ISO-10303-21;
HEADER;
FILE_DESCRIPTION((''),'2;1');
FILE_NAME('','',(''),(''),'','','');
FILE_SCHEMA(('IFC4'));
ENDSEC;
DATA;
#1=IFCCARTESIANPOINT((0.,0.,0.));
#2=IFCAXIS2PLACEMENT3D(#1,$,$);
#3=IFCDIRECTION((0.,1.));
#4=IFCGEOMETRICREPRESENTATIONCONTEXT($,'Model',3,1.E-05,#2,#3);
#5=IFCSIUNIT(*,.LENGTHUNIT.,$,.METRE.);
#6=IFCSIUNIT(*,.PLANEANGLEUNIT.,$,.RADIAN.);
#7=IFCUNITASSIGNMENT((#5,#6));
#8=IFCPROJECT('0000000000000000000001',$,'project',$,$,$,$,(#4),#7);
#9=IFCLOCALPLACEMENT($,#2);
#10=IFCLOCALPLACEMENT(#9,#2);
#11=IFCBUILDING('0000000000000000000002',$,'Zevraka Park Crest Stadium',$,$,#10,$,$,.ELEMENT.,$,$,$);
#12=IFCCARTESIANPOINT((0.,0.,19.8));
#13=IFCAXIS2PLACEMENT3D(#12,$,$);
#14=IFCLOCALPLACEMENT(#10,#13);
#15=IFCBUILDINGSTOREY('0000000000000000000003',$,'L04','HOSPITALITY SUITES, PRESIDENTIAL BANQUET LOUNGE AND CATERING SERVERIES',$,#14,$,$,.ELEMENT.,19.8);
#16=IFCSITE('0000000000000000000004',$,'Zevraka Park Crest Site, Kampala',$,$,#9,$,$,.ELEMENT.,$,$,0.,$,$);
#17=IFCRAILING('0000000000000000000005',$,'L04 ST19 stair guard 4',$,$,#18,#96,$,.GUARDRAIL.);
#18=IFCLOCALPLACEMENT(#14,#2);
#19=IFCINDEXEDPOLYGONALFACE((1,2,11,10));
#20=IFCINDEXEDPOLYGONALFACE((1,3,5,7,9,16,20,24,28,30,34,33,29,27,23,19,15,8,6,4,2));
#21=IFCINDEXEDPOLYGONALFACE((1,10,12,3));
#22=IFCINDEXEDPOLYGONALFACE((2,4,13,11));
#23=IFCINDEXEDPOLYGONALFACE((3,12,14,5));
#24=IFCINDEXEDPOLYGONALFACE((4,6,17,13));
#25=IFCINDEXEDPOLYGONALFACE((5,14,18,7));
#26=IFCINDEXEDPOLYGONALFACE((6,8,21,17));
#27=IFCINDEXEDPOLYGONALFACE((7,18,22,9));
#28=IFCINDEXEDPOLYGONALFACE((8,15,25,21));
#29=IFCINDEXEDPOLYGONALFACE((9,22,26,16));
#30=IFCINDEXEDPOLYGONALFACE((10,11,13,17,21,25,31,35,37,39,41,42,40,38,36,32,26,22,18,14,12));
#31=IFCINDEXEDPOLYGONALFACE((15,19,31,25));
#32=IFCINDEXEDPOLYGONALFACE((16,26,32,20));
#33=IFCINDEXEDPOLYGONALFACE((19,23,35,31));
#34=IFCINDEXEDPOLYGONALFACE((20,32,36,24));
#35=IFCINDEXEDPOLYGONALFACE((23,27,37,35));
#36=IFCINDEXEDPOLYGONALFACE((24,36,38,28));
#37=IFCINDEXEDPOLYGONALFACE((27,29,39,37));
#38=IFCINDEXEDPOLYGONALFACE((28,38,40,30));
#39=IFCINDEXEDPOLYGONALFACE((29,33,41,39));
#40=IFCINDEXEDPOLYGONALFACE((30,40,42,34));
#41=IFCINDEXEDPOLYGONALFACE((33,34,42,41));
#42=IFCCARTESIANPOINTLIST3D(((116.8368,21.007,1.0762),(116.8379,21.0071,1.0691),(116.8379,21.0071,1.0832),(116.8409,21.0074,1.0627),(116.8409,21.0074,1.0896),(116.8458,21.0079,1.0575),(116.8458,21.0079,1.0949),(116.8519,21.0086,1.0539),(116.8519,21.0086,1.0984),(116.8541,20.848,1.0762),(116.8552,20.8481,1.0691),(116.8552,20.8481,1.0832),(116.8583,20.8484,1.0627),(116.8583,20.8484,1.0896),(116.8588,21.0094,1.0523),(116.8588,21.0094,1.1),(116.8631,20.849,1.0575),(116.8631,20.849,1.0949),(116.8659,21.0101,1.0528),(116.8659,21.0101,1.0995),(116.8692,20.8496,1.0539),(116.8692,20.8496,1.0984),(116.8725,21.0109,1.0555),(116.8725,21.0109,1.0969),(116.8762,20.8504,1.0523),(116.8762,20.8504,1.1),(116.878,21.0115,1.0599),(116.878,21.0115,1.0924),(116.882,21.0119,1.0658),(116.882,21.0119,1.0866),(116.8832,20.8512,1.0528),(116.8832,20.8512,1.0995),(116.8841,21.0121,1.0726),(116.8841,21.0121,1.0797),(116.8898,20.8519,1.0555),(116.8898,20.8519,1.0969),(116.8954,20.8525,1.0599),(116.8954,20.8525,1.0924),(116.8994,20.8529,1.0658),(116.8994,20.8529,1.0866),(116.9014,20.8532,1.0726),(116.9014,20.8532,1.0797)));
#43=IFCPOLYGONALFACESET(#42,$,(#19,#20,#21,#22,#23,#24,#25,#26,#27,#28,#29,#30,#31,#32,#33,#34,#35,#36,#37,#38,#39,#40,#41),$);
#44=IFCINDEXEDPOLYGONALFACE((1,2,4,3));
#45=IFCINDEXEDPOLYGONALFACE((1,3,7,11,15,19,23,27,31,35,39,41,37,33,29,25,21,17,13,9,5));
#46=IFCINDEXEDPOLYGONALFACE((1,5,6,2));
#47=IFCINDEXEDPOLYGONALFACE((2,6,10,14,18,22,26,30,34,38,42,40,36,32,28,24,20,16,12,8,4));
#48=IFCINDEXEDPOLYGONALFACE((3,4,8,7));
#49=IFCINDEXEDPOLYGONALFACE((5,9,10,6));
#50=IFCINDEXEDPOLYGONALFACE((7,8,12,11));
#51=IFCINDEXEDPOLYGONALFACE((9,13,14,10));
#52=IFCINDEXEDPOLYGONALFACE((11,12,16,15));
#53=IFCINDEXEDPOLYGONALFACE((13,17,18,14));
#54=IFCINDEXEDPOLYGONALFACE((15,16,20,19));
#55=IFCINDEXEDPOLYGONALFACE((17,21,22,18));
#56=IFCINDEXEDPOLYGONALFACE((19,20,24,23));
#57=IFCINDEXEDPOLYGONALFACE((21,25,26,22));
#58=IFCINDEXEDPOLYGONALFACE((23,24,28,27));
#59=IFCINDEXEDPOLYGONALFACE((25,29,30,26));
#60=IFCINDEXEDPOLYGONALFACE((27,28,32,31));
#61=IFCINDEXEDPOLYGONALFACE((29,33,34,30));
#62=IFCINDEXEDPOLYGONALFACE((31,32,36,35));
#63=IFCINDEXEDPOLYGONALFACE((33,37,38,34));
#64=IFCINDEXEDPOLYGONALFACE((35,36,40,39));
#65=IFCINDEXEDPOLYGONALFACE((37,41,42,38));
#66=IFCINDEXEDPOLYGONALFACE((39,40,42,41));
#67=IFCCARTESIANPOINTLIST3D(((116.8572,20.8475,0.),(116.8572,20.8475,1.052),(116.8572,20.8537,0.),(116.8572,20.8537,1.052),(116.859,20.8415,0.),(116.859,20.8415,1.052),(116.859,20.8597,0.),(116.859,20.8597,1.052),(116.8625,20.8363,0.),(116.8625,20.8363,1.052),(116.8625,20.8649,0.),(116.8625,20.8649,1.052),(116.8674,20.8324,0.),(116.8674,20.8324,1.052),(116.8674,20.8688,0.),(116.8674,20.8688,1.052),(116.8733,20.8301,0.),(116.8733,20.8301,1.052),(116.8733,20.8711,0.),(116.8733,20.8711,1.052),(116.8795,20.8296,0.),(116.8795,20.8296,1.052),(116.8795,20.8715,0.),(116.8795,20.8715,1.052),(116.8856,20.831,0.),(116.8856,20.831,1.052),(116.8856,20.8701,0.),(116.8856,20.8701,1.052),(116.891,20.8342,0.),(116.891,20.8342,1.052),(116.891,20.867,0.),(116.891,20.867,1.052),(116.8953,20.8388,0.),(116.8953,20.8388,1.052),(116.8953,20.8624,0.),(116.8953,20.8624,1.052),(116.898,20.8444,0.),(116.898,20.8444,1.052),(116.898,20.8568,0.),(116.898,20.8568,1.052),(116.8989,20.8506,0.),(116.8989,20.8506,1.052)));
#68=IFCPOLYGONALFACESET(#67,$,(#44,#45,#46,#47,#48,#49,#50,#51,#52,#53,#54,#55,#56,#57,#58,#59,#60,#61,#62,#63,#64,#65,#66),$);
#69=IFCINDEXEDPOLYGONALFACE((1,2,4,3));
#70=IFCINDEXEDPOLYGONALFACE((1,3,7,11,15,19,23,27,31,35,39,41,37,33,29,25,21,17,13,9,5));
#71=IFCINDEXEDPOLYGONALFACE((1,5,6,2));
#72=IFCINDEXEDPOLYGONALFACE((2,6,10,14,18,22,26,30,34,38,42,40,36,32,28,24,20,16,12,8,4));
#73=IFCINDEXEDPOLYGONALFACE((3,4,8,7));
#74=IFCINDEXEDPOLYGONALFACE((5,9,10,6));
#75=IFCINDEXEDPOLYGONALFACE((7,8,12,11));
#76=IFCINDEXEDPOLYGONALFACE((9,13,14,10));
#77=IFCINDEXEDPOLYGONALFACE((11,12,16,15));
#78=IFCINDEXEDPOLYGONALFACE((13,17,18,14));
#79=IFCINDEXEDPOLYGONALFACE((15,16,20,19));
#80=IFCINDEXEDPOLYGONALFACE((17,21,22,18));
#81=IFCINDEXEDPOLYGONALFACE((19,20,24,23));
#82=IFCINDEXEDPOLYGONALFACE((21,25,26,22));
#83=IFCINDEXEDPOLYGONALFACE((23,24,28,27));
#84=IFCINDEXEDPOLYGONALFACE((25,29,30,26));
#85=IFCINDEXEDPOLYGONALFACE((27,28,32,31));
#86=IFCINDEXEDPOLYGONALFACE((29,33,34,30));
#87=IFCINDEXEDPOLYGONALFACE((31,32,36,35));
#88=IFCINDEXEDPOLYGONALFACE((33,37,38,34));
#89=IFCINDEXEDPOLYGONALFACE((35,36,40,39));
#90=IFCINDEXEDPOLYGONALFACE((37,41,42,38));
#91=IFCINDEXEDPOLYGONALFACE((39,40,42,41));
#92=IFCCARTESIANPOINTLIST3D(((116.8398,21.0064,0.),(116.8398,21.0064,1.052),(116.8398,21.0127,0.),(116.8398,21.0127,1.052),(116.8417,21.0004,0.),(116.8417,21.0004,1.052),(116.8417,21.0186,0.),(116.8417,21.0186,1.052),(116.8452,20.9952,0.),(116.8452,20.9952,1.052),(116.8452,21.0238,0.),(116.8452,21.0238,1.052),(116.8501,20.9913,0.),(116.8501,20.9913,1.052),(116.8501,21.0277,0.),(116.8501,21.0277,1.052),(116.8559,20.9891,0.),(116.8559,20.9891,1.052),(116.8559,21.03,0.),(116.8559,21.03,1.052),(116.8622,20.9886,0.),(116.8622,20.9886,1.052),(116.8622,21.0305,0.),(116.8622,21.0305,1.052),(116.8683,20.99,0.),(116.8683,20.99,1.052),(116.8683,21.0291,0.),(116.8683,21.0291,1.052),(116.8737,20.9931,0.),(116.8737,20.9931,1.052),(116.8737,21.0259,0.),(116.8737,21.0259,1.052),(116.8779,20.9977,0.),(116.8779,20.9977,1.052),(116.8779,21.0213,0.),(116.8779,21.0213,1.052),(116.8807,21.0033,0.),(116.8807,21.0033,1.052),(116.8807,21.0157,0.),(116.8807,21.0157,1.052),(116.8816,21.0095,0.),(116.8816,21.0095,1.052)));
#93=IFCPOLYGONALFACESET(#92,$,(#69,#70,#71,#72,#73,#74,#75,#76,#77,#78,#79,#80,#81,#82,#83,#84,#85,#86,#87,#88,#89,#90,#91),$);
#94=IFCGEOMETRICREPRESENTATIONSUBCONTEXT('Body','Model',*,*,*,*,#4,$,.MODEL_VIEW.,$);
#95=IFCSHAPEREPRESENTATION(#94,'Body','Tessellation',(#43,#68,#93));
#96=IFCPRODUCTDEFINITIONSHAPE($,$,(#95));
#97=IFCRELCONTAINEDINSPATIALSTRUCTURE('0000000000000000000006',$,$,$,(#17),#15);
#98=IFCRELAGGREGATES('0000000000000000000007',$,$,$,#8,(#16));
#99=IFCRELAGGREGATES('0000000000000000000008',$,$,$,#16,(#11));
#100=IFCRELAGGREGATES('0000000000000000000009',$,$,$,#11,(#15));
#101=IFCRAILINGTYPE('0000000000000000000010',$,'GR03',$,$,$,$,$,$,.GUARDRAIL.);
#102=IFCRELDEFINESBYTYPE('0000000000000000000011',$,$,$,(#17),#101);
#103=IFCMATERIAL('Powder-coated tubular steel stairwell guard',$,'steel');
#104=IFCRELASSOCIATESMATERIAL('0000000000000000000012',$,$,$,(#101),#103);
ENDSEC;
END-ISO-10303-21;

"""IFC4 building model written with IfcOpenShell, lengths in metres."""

from ifc_helpers import new_model, si_unit, direction, frame, origin, origin_2d, place, context, subcontext, project, spatial, circle, extrude, material, type_object, element, save


model = new_model("IFC4")

# Units and contexts
model_context = context("Model", 3, precision=1e-05, world=origin(), true_north=direction((0.0, 1.0)))
body_context = subcontext(model_context, "Body", "Model", "MODEL_VIEW")
ifc_project = project(units=[si_unit("LENGTHUNIT", "METRE"), si_unit("PLANEANGLEUNIT", "RADIAN")], contexts=[model_context])

# Site, building, storey
site_placement = place(None, origin())
site = spatial("IfcSite", under=ifc_project, at=site_placement, Name="Zevraka Park Crest Site, Kampala", CompositionType="ELEMENT", RefElevation=0.0)
building_placement = place(site_placement, origin())
building = spatial("IfcBuilding", under=site, at=building_placement, Name="Zevraka Park Crest Stadium", CompositionType="ELEMENT")
storey_placement = place(building_placement, frame((0.0, 0.0, 19.8)))
storey = spatial("IfcBuildingStorey", under=building, at=storey_placement, Name="L04", Description="HOSPITALITY SUITES, PRESIDENTIAL BANQUET LOUNGE AND CATERING SERVERIES", CompositionType="ELEMENT", Elevation=19.8)

# Railing
ifc_material_1 = material(Name="Powder-coated tubular steel stairwell guard", Category="steel")
railing_type_1 = type_object("IfcRailingType", Name="GR03", PredefinedType="GUARDRAIL", material=ifc_material_1)
railing_1_placement = place(storey_placement, frame((116.8779, 20.8506, 0.0)))
element("IfcRailing", 1, at=railing_1_placement, inside=storey, type_object=railing_type_1, Name="L04 ST19 stair guard 4", PredefinedType="GUARDRAIL", context=body_context, shape_type="SweptSolid", body=[
    extrude(circle(Radius=0.0239, at=origin_2d()), frame((0.0, 0.0, 1.0762), z_axis=(-0.10842, 0.994105, 0.0), x_axis=(-0.994105, -0.10842, 0.0)), (0.0, 0.0, 1.0), 0.1599),
    extrude(circle(Radius=0.021, at=origin_2d()), origin(), (0.0, 0.0, 1.0), 1.052),
    extrude(circle(Radius=0.021, at=origin_2d()), frame((-0.0173, 0.1589, 0.0)), (0.0, 0.0, 1.0), 1.052),
])

save(model, "model.ifc")
